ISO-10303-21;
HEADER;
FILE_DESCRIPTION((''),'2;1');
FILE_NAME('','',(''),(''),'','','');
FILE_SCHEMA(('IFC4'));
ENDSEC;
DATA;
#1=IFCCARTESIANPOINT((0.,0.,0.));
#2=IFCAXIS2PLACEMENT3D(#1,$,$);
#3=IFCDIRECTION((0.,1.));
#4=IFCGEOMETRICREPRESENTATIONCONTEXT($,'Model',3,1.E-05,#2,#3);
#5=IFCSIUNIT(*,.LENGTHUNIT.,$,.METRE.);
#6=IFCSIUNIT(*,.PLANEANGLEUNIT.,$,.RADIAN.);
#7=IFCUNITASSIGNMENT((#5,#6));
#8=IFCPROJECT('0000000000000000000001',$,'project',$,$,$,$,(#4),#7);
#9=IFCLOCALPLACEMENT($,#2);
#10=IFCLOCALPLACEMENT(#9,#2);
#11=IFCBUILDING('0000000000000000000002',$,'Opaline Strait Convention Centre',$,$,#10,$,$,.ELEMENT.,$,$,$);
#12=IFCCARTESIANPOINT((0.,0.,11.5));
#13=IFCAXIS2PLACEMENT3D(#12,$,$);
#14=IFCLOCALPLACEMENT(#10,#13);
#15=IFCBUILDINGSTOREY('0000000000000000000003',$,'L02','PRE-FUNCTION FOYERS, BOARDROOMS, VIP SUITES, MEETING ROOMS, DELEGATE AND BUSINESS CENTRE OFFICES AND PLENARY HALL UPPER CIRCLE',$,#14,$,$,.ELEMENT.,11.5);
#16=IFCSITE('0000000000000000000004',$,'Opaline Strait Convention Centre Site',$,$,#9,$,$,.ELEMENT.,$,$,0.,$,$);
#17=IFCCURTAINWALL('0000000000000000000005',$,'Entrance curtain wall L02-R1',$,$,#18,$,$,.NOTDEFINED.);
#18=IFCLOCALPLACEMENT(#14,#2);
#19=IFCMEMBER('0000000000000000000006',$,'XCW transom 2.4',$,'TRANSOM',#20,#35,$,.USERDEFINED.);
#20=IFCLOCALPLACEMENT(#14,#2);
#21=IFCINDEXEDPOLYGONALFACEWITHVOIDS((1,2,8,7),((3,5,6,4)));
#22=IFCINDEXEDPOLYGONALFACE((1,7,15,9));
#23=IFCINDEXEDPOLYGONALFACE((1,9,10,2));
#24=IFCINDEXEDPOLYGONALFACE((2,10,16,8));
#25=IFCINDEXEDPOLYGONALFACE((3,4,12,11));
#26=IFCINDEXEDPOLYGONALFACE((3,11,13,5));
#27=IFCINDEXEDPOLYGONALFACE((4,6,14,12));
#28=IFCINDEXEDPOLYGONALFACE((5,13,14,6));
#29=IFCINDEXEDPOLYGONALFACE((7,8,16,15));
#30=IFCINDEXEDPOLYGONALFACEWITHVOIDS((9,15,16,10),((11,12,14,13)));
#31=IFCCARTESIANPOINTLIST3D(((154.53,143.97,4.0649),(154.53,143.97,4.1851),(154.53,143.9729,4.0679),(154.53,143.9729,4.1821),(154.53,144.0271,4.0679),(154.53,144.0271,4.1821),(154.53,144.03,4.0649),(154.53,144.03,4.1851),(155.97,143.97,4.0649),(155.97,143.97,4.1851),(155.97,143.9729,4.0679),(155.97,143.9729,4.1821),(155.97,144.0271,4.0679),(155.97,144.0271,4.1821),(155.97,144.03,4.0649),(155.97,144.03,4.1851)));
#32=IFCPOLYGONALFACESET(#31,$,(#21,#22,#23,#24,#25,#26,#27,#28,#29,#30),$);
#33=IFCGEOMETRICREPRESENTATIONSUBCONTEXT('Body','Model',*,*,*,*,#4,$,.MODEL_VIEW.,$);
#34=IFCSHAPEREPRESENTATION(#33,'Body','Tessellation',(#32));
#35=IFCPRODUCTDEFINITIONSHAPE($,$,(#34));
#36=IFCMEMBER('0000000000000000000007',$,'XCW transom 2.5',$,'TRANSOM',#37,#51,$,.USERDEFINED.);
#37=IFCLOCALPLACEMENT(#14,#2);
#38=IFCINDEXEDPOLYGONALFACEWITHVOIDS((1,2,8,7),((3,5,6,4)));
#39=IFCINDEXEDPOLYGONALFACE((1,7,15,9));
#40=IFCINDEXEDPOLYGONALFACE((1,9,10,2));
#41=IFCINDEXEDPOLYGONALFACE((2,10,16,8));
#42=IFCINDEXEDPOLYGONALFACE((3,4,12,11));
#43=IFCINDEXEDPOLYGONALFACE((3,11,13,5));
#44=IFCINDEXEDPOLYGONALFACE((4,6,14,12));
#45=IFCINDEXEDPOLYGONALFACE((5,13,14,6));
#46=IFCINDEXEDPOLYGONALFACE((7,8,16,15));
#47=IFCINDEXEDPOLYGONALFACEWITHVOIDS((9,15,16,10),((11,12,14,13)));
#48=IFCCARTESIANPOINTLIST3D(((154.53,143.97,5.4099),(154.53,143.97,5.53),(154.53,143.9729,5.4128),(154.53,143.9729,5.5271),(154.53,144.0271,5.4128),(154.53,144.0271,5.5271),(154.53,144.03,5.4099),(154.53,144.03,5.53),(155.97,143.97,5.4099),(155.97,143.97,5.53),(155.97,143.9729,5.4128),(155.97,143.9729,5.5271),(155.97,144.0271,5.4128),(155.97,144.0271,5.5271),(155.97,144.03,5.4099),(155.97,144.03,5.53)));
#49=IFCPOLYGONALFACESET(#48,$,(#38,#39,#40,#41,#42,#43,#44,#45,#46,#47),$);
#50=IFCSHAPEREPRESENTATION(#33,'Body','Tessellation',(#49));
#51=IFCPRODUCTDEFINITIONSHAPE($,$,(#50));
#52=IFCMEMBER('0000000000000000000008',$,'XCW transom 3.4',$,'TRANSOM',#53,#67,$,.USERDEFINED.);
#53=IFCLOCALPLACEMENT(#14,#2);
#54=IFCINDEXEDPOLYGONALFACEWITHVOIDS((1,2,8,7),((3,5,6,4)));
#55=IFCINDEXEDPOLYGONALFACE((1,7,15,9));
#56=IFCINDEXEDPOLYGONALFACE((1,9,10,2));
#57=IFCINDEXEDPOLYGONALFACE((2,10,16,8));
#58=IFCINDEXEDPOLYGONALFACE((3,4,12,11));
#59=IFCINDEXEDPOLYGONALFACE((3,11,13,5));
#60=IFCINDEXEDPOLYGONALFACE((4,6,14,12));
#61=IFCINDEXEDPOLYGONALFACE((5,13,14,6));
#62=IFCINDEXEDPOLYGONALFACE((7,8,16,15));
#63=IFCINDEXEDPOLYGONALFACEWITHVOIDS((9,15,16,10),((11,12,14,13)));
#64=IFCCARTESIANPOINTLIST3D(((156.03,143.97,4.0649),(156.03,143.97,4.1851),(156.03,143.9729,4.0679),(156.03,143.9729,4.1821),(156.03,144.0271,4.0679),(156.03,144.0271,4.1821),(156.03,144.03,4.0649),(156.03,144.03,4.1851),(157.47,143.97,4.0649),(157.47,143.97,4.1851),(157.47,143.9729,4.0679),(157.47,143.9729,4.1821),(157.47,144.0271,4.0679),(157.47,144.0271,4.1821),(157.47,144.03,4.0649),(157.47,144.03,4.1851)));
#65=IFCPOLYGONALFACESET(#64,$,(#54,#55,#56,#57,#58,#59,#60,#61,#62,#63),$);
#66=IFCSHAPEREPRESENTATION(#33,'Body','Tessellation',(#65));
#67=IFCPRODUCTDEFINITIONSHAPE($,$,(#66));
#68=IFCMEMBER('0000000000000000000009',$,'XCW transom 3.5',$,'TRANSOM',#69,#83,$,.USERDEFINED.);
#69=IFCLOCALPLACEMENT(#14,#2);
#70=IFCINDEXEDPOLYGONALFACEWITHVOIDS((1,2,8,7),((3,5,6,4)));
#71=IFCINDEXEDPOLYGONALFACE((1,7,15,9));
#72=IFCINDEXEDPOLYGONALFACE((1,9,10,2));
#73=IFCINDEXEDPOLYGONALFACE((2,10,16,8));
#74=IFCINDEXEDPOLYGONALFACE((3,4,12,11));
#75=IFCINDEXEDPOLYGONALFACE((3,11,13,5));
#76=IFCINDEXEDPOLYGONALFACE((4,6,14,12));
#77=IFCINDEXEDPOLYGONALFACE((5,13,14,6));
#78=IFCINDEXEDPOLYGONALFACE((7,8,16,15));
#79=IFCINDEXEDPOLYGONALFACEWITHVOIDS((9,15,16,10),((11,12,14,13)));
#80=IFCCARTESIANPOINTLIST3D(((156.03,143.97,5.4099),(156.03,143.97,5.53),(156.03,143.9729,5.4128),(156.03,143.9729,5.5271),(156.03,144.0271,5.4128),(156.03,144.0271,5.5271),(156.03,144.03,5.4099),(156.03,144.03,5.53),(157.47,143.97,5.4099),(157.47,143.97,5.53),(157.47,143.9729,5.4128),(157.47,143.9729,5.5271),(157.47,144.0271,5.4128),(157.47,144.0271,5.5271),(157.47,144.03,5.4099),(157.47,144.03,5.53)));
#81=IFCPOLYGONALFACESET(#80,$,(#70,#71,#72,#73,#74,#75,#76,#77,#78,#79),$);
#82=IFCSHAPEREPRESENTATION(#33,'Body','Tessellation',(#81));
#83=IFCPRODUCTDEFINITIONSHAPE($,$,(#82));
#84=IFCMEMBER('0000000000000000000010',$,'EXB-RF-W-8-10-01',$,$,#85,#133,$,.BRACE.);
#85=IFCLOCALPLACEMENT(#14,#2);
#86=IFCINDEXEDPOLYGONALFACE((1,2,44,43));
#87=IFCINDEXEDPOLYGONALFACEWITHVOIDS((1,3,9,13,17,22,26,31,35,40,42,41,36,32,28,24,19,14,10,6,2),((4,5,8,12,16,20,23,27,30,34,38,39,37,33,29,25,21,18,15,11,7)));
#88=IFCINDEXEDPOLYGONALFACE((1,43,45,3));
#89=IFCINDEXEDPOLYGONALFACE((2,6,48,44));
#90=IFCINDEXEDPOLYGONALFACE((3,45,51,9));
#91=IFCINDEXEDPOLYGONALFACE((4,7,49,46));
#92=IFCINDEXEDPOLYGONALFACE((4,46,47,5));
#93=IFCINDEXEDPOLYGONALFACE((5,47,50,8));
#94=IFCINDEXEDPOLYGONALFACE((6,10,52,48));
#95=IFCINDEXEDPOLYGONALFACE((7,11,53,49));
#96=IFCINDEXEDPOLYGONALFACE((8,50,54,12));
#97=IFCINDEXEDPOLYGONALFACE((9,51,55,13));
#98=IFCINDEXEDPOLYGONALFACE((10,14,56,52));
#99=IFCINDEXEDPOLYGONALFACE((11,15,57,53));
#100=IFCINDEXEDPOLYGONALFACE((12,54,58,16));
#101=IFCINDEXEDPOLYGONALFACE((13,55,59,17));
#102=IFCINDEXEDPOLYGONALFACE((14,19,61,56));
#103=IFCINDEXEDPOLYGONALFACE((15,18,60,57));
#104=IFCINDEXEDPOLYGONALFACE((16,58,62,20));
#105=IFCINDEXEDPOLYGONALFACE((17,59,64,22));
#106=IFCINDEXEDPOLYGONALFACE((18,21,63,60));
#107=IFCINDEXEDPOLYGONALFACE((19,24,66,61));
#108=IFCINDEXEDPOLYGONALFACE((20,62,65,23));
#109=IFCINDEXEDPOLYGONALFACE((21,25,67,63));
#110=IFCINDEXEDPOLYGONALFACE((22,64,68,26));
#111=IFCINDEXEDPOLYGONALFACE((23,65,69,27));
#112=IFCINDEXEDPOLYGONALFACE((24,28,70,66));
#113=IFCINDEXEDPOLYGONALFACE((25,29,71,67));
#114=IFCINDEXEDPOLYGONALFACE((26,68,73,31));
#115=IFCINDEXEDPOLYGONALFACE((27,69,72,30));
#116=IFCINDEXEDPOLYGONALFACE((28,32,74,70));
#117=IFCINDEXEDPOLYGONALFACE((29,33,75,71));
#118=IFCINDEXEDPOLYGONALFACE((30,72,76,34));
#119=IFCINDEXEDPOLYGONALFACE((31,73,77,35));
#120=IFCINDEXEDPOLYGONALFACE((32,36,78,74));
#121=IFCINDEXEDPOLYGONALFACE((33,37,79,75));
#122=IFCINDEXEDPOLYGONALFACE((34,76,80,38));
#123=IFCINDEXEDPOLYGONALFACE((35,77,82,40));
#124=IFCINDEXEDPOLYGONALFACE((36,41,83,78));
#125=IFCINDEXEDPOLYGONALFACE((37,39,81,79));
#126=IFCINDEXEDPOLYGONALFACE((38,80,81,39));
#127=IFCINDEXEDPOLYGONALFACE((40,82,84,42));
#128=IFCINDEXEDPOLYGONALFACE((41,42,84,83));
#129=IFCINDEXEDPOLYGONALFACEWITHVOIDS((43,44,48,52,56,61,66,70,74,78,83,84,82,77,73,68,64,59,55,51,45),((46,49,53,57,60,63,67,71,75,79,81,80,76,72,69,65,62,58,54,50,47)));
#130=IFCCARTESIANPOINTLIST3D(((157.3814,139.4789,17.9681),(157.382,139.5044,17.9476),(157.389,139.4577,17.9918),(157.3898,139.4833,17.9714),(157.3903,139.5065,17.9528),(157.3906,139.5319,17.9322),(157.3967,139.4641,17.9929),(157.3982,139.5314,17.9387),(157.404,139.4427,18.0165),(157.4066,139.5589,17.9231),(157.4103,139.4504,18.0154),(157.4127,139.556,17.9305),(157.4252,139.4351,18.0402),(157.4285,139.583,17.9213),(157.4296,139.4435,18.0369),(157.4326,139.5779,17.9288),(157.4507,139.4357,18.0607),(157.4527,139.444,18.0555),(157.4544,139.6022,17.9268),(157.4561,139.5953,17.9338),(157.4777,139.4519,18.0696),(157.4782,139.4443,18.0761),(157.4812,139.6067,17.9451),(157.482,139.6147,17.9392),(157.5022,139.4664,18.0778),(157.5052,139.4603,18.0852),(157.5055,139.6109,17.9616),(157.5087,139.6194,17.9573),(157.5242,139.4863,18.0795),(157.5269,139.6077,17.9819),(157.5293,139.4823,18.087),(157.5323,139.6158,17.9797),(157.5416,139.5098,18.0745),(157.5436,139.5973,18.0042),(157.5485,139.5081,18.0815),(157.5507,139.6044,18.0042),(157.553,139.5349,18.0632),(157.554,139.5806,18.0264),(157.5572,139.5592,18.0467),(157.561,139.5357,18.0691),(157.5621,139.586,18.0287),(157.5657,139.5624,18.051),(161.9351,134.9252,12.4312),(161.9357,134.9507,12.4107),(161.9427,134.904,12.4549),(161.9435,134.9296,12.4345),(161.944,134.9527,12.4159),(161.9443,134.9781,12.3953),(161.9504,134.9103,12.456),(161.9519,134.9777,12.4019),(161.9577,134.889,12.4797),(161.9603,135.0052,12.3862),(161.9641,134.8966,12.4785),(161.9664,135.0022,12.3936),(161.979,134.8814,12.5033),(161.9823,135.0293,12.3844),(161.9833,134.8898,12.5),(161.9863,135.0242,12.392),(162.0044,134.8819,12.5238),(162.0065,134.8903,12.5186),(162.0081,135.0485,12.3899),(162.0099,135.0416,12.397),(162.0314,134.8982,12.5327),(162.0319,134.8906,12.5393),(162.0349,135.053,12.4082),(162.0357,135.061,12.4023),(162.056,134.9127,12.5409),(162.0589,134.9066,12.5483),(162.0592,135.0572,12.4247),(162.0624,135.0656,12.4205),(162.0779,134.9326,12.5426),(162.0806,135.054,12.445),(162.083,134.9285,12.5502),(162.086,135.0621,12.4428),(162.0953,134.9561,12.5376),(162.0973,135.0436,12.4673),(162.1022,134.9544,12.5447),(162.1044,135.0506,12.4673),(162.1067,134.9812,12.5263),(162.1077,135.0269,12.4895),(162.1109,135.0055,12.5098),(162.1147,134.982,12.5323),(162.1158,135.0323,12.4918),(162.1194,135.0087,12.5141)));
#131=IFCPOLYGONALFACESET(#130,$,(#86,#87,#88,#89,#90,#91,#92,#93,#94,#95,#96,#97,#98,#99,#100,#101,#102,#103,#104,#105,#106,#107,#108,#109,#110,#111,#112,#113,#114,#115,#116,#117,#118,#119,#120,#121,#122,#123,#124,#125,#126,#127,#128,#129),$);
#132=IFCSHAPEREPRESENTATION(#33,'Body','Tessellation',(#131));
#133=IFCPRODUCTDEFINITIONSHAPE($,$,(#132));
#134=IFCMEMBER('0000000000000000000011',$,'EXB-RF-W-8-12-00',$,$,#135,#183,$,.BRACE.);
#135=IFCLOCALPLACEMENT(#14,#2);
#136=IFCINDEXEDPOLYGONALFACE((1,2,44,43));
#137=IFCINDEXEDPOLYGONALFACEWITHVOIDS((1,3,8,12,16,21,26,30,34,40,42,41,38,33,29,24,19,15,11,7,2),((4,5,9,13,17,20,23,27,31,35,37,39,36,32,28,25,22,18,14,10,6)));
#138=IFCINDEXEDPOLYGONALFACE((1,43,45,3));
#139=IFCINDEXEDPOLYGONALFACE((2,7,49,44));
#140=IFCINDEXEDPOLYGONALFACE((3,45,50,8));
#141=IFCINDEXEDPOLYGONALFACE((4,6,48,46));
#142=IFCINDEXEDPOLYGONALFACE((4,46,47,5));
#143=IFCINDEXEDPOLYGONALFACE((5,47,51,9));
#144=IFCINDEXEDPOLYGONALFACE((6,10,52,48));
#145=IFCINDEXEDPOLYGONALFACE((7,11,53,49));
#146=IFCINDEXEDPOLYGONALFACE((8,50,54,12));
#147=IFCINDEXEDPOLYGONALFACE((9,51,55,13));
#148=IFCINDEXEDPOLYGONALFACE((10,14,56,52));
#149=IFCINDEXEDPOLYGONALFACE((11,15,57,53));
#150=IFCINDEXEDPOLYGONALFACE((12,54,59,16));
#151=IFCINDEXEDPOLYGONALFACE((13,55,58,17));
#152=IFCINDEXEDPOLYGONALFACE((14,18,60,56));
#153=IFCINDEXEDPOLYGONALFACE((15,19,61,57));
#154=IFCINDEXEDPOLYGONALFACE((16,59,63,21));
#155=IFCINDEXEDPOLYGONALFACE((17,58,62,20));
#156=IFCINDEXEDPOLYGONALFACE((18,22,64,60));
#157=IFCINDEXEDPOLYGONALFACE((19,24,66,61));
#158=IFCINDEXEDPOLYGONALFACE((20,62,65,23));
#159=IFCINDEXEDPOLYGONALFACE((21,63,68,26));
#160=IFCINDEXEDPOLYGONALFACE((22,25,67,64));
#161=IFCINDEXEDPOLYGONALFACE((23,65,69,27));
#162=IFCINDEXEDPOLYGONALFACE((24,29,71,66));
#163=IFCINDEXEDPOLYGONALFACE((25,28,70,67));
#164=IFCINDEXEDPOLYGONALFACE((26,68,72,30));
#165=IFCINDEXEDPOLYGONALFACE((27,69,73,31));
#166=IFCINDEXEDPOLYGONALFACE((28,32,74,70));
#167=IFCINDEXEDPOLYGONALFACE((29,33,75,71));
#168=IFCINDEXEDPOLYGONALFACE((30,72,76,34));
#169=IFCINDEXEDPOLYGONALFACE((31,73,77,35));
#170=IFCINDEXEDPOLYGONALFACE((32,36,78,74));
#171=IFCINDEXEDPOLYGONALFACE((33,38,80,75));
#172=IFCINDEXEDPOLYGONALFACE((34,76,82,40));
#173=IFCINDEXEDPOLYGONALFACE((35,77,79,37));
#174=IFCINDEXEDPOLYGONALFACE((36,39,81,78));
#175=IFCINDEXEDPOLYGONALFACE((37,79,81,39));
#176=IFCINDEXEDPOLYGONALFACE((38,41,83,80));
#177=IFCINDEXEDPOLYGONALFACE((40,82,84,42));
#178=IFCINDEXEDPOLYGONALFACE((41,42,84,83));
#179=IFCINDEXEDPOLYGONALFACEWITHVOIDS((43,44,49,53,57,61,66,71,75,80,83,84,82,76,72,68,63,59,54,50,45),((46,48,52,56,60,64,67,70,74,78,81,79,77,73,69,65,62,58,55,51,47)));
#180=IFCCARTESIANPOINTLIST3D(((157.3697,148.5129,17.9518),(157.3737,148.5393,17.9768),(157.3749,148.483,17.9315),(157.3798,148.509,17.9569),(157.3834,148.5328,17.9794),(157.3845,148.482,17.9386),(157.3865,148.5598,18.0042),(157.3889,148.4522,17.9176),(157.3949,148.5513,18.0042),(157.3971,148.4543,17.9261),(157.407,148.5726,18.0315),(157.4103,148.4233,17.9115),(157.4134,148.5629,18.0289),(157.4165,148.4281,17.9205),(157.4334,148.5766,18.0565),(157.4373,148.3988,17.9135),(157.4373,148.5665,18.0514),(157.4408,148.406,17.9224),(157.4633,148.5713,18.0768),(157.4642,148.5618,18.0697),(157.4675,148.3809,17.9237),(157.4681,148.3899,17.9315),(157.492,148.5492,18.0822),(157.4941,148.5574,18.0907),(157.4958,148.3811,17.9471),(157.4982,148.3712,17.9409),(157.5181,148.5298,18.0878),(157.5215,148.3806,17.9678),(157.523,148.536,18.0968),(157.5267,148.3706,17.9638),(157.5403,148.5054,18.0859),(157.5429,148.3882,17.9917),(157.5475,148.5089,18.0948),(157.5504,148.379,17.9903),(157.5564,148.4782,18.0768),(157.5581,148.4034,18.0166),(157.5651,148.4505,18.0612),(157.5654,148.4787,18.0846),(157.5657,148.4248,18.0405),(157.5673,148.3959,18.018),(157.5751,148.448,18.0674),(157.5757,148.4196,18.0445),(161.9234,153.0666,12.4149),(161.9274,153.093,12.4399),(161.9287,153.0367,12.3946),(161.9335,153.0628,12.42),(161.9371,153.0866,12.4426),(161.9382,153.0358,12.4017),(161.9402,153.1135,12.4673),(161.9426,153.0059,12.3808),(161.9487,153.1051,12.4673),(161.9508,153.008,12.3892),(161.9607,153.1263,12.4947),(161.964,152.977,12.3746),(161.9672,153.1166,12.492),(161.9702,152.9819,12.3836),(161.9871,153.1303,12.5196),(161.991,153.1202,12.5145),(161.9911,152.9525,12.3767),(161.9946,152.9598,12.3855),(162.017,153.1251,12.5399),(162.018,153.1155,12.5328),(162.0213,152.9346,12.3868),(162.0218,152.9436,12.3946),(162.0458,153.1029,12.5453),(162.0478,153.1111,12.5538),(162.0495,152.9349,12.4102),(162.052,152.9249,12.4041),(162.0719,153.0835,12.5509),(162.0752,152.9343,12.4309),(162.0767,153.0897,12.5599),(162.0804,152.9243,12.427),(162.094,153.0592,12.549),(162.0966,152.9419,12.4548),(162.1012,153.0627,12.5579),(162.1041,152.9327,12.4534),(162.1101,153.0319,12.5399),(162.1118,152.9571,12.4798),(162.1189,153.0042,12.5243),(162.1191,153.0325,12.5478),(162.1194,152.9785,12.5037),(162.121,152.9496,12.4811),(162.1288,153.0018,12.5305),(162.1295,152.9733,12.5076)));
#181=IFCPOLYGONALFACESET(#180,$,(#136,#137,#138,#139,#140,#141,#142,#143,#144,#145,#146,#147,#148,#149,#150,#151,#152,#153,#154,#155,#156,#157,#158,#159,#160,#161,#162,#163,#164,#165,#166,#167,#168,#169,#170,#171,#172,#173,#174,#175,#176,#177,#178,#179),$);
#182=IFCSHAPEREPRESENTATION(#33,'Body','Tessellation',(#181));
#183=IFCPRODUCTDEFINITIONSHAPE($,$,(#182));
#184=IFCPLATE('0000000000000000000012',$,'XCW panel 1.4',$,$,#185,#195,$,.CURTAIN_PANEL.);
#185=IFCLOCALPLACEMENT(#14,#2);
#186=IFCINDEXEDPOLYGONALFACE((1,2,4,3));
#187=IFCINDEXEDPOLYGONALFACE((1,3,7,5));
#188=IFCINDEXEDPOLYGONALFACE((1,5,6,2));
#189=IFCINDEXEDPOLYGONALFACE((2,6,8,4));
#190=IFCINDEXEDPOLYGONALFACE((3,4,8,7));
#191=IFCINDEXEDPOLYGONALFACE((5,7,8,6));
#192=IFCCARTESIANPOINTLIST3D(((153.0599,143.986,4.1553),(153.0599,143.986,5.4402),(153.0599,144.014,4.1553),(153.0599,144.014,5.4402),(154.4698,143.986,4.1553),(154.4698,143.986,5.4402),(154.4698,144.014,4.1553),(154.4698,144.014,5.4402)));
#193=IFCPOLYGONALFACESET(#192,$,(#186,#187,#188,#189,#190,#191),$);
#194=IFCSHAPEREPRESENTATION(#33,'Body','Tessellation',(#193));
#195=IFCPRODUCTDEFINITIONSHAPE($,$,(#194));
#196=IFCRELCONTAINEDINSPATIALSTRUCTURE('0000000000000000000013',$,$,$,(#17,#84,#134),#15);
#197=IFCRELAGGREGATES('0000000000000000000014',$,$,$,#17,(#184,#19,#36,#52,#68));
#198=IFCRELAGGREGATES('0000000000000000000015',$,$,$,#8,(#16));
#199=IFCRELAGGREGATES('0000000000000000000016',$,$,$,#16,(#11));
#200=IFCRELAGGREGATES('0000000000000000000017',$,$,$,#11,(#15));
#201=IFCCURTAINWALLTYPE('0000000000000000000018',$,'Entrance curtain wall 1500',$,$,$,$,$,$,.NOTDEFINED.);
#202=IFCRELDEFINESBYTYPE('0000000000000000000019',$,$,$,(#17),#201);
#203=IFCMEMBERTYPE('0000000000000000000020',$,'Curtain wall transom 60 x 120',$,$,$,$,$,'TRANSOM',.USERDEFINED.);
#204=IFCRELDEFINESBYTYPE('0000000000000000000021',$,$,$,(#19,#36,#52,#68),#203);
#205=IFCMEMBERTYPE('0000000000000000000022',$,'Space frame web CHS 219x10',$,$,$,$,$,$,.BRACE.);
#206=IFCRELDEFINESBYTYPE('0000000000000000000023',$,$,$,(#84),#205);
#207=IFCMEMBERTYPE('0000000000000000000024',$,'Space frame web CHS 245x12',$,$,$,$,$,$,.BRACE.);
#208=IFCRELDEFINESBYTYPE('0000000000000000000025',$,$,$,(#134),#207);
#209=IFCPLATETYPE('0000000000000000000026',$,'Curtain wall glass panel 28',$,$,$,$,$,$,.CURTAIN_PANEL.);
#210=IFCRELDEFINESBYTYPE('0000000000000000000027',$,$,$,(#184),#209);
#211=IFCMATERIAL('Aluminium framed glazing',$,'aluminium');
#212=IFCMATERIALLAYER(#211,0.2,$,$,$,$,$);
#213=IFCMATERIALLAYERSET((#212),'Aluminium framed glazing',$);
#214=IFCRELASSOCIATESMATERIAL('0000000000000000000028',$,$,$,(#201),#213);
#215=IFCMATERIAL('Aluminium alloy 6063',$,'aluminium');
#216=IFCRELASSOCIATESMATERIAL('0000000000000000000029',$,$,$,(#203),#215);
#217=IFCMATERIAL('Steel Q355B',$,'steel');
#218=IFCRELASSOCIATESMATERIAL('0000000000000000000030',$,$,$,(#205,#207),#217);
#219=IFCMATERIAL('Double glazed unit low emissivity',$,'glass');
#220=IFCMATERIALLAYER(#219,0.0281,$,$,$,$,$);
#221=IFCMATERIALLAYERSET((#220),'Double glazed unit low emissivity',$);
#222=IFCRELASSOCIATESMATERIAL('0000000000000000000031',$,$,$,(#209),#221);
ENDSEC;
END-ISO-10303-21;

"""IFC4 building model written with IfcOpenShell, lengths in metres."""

from ifc_helpers import new_model, si_unit, direction, frame, origin, origin_2d, place, context, subcontext, project, spatial, rectangle, hollow_rectangle, hollow_circle, extrude, material, layer, layer_set, material_profile, profile_set, type_object, element, aggregate, save


model = new_model("IFC4")

# Units and contexts
model_context = context("Model", 3, precision=1e-05, world=origin(), true_north=direction((0.0, 1.0)))
body_context = subcontext(model_context, "Body", "Model", "MODEL_VIEW")
ifc_project = project(units=[si_unit("LENGTHUNIT", "METRE"), si_unit("PLANEANGLEUNIT", "RADIAN")], contexts=[model_context])

# Site, building, storey
site_placement = place(None, origin())
site = spatial("IfcSite", under=ifc_project, at=site_placement, Name="Opaline Strait Convention Centre Site", CompositionType="ELEMENT", RefElevation=0.0)
building_placement = place(site_placement, origin())
building = spatial("IfcBuilding", under=site, at=building_placement, Name="Opaline Strait Convention Centre", CompositionType="ELEMENT")
storey_placement = place(building_placement, frame((0.0, 0.0, 11.5)))
storey = spatial("IfcBuildingStorey", under=building, at=storey_placement, Name="L02", Description="PRE-FUNCTION FOYERS, BOARDROOMS, VIP SUITES, MEETING ROOMS, DELEGATE AND BUSINESS CENTRE OFFICES AND PLENARY HALL UPPER CIRCLE", CompositionType="ELEMENT", Elevation=11.5)

# Curtain wall, members
ifc_material_1 = material(Name="Aluminium framed glazing", Category="aluminium")
ifc_layer_1 = layer(ifc_material_1, 0.2)
ifc_layer_set_1 = layer_set([ifc_layer_1], Name="Aluminium framed glazing")
curtain_wall_type = type_object("IfcCurtainWallType", Name="Entrance curtain wall 1500", PredefinedType="NOTDEFINED", material=ifc_layer_set_1)
curtain_wall_placement = place(storey_placement, origin())
curtain_wall = element("IfcCurtainWall", 1, at=curtain_wall_placement, inside=storey, type_object=curtain_wall_type, Name="Entrance curtain wall L02-R1", PredefinedType="NOTDEFINED")
ifc_material_2 = material(Name="Aluminium alloy 6063", Category="aluminium")
ifc_material_profile_1 = material_profile(ifc_material_2, hollow_rectangle(XDim=0.0601, YDim=0.1201, WallThickness=0.0029, at=origin_2d()), Name="TRANSOM 60x120x3")
ifc_profile_set_1 = profile_set([ifc_material_profile_1], Name="Aluminium alloy 6063")
member_type_1 = type_object("IfcMemberType", Name="Curtain wall transom 60 x 120", ElementType="TRANSOM", PredefinedType="USERDEFINED", material=ifc_profile_set_1)
member_1_placement = place(storey_placement, frame((154.53, 144.0, 4.125), z_axis=(1.0, 0.0, 0.0), x_axis=(0.0, 1.0, 0.0)))
member_1 = element("IfcMember", 2, at=member_1_placement, type_object=member_type_1, Name="XCW transom 2.4", ObjectType="TRANSOM", PredefinedType="USERDEFINED", context=body_context, shape_type="SweptSolid", body=[
    extrude(hollow_rectangle(XDim=0.0601, YDim=0.1201, WallThickness=0.0029, at=origin_2d()), origin(), (0.0, 0.0, 1.0), 1.4399),
])
member_2_placement = place(storey_placement, frame((154.53, 144.0, 5.47), z_axis=(1.0, 0.0, 0.0), x_axis=(0.0, 1.0, 0.0)))
member_2 = element("IfcMember", 3, at=member_2_placement, type_object=member_type_1, Name="XCW transom 2.5", ObjectType="TRANSOM", PredefinedType="USERDEFINED", context=body_context, shape_type="SweptSolid", body=[
    extrude(hollow_rectangle(XDim=0.0601, YDim=0.1201, WallThickness=0.0029, at=origin_2d()), origin(), (0.0, 0.0, 1.0), 1.4399),
])
member_3_placement = place(storey_placement, frame((156.03, 144.0, 4.125), z_axis=(1.0, 0.0, 0.0), x_axis=(0.0, 1.0, 0.0)))
member_3 = element("IfcMember", 4, at=member_3_placement, type_object=member_type_1, Name="XCW transom 3.4", ObjectType="TRANSOM", PredefinedType="USERDEFINED", context=body_context, shape_type="SweptSolid", body=[
    extrude(hollow_rectangle(XDim=0.0601, YDim=0.1201, WallThickness=0.0029, at=origin_2d()), origin(), (0.0, 0.0, 1.0), 1.4399),
])
member_4_placement = place(storey_placement, frame((156.03, 144.0, 5.47), z_axis=(1.0, 0.0, 0.0), x_axis=(0.0, 1.0, 0.0)))
member_4 = element("IfcMember", 5, at=member_4_placement, type_object=member_type_1, Name="XCW transom 3.5", ObjectType="TRANSOM", PredefinedType="USERDEFINED", context=body_context, shape_type="SweptSolid", body=[
    extrude(hollow_rectangle(XDim=0.0601, YDim=0.1201, WallThickness=0.0029, at=origin_2d()), origin(), (0.0, 0.0, 1.0), 1.4399),
])

# Members
ifc_material_3 = material(Name="Steel Q355B", Category="steel")
ifc_material_profile_2 = material_profile(ifc_material_3, hollow_circle(Radius=0.1096, WallThickness=0.01, at=origin_2d()), Name="CHS 219x10")
ifc_profile_set_2 = profile_set([ifc_material_profile_2], Name="Steel Q355B")
member_type_2 = type_object("IfcMemberType", Name="Space frame web CHS 219x10", PredefinedType="BRACE", material=ifc_profile_set_2)
member_5_placement = place(storey_placement, frame((157.4731, 139.5269, 18.0042), z_axis=(0.536178, -0.536178, -0.65194), x_axis=(0.707107, 0.707107, 0.0)))
element("IfcMember", 6, at=member_5_placement, inside=storey, type_object=member_type_2, Name="EXB-RF-W-8-10-01", PredefinedType="BRACE", context=body_context, shape_type="SweptSolid", body=[
    extrude(hollow_circle(Radius=0.1096, WallThickness=0.01, at=origin_2d()), origin(), (0.0, 0.0, 1.0), 8.4929),
])
ifc_material_profile_3 = material_profile(ifc_material_3, hollow_circle(Radius=0.1226, WallThickness=0.012, at=origin_2d()), Name="CHS 245x12")
ifc_profile_set_3 = profile_set([ifc_material_profile_3], Name="Steel Q355B")
member_type_3 = type_object("IfcMemberType", Name="Space frame web CHS 245x12", PredefinedType="BRACE", material=ifc_profile_set_3)
member_6_placement = place(storey_placement, frame((157.4731, 148.4731, 18.0042), z_axis=(0.536178, 0.536178, -0.65194), x_axis=(-0.707107, 0.707107, 0.0)))
element("IfcMember", 7, at=member_6_placement, inside=storey, type_object=member_type_3, Name="EXB-RF-W-8-12-00", PredefinedType="BRACE", context=body_context, shape_type="SweptSolid", body=[
    extrude(hollow_circle(Radius=0.1226, WallThickness=0.012, at=origin_2d()), origin(), (0.0, 0.0, 1.0), 8.4929),
])

# Plate
ifc_material_4 = material(Name="Double glazed unit low emissivity", Category="glass")
ifc_layer_2 = layer(ifc_material_4, 0.0281)
ifc_layer_set_2 = layer_set([ifc_layer_2], Name="Double glazed unit low emissivity")
plate_type = type_object("IfcPlateType", Name="Curtain wall glass panel 28", PredefinedType="CURTAIN_PANEL", material=ifc_layer_set_2)
plate_1_placement = place(storey_placement, frame((153.7649, 144.0, 4.1553), z_axis=(0.0, 0.0, 1.0), x_axis=(1.0, 0.0, 0.0)))
plate_1 = element("IfcPlate", 8, at=plate_1_placement, type_object=plate_type, Name="XCW panel 1.4", PredefinedType="CURTAIN_PANEL", context=body_context, shape_type="SweptSolid", body=[
    extrude(rectangle(XDim=1.4099, YDim=0.0281, at=origin_2d()), origin(), (0.0, 0.0, 1.0), 1.2849),
])
aggregate(curtain_wall, [plate_1, member_1, member_2, member_3, member_4])

save(model, "model.ifc")
